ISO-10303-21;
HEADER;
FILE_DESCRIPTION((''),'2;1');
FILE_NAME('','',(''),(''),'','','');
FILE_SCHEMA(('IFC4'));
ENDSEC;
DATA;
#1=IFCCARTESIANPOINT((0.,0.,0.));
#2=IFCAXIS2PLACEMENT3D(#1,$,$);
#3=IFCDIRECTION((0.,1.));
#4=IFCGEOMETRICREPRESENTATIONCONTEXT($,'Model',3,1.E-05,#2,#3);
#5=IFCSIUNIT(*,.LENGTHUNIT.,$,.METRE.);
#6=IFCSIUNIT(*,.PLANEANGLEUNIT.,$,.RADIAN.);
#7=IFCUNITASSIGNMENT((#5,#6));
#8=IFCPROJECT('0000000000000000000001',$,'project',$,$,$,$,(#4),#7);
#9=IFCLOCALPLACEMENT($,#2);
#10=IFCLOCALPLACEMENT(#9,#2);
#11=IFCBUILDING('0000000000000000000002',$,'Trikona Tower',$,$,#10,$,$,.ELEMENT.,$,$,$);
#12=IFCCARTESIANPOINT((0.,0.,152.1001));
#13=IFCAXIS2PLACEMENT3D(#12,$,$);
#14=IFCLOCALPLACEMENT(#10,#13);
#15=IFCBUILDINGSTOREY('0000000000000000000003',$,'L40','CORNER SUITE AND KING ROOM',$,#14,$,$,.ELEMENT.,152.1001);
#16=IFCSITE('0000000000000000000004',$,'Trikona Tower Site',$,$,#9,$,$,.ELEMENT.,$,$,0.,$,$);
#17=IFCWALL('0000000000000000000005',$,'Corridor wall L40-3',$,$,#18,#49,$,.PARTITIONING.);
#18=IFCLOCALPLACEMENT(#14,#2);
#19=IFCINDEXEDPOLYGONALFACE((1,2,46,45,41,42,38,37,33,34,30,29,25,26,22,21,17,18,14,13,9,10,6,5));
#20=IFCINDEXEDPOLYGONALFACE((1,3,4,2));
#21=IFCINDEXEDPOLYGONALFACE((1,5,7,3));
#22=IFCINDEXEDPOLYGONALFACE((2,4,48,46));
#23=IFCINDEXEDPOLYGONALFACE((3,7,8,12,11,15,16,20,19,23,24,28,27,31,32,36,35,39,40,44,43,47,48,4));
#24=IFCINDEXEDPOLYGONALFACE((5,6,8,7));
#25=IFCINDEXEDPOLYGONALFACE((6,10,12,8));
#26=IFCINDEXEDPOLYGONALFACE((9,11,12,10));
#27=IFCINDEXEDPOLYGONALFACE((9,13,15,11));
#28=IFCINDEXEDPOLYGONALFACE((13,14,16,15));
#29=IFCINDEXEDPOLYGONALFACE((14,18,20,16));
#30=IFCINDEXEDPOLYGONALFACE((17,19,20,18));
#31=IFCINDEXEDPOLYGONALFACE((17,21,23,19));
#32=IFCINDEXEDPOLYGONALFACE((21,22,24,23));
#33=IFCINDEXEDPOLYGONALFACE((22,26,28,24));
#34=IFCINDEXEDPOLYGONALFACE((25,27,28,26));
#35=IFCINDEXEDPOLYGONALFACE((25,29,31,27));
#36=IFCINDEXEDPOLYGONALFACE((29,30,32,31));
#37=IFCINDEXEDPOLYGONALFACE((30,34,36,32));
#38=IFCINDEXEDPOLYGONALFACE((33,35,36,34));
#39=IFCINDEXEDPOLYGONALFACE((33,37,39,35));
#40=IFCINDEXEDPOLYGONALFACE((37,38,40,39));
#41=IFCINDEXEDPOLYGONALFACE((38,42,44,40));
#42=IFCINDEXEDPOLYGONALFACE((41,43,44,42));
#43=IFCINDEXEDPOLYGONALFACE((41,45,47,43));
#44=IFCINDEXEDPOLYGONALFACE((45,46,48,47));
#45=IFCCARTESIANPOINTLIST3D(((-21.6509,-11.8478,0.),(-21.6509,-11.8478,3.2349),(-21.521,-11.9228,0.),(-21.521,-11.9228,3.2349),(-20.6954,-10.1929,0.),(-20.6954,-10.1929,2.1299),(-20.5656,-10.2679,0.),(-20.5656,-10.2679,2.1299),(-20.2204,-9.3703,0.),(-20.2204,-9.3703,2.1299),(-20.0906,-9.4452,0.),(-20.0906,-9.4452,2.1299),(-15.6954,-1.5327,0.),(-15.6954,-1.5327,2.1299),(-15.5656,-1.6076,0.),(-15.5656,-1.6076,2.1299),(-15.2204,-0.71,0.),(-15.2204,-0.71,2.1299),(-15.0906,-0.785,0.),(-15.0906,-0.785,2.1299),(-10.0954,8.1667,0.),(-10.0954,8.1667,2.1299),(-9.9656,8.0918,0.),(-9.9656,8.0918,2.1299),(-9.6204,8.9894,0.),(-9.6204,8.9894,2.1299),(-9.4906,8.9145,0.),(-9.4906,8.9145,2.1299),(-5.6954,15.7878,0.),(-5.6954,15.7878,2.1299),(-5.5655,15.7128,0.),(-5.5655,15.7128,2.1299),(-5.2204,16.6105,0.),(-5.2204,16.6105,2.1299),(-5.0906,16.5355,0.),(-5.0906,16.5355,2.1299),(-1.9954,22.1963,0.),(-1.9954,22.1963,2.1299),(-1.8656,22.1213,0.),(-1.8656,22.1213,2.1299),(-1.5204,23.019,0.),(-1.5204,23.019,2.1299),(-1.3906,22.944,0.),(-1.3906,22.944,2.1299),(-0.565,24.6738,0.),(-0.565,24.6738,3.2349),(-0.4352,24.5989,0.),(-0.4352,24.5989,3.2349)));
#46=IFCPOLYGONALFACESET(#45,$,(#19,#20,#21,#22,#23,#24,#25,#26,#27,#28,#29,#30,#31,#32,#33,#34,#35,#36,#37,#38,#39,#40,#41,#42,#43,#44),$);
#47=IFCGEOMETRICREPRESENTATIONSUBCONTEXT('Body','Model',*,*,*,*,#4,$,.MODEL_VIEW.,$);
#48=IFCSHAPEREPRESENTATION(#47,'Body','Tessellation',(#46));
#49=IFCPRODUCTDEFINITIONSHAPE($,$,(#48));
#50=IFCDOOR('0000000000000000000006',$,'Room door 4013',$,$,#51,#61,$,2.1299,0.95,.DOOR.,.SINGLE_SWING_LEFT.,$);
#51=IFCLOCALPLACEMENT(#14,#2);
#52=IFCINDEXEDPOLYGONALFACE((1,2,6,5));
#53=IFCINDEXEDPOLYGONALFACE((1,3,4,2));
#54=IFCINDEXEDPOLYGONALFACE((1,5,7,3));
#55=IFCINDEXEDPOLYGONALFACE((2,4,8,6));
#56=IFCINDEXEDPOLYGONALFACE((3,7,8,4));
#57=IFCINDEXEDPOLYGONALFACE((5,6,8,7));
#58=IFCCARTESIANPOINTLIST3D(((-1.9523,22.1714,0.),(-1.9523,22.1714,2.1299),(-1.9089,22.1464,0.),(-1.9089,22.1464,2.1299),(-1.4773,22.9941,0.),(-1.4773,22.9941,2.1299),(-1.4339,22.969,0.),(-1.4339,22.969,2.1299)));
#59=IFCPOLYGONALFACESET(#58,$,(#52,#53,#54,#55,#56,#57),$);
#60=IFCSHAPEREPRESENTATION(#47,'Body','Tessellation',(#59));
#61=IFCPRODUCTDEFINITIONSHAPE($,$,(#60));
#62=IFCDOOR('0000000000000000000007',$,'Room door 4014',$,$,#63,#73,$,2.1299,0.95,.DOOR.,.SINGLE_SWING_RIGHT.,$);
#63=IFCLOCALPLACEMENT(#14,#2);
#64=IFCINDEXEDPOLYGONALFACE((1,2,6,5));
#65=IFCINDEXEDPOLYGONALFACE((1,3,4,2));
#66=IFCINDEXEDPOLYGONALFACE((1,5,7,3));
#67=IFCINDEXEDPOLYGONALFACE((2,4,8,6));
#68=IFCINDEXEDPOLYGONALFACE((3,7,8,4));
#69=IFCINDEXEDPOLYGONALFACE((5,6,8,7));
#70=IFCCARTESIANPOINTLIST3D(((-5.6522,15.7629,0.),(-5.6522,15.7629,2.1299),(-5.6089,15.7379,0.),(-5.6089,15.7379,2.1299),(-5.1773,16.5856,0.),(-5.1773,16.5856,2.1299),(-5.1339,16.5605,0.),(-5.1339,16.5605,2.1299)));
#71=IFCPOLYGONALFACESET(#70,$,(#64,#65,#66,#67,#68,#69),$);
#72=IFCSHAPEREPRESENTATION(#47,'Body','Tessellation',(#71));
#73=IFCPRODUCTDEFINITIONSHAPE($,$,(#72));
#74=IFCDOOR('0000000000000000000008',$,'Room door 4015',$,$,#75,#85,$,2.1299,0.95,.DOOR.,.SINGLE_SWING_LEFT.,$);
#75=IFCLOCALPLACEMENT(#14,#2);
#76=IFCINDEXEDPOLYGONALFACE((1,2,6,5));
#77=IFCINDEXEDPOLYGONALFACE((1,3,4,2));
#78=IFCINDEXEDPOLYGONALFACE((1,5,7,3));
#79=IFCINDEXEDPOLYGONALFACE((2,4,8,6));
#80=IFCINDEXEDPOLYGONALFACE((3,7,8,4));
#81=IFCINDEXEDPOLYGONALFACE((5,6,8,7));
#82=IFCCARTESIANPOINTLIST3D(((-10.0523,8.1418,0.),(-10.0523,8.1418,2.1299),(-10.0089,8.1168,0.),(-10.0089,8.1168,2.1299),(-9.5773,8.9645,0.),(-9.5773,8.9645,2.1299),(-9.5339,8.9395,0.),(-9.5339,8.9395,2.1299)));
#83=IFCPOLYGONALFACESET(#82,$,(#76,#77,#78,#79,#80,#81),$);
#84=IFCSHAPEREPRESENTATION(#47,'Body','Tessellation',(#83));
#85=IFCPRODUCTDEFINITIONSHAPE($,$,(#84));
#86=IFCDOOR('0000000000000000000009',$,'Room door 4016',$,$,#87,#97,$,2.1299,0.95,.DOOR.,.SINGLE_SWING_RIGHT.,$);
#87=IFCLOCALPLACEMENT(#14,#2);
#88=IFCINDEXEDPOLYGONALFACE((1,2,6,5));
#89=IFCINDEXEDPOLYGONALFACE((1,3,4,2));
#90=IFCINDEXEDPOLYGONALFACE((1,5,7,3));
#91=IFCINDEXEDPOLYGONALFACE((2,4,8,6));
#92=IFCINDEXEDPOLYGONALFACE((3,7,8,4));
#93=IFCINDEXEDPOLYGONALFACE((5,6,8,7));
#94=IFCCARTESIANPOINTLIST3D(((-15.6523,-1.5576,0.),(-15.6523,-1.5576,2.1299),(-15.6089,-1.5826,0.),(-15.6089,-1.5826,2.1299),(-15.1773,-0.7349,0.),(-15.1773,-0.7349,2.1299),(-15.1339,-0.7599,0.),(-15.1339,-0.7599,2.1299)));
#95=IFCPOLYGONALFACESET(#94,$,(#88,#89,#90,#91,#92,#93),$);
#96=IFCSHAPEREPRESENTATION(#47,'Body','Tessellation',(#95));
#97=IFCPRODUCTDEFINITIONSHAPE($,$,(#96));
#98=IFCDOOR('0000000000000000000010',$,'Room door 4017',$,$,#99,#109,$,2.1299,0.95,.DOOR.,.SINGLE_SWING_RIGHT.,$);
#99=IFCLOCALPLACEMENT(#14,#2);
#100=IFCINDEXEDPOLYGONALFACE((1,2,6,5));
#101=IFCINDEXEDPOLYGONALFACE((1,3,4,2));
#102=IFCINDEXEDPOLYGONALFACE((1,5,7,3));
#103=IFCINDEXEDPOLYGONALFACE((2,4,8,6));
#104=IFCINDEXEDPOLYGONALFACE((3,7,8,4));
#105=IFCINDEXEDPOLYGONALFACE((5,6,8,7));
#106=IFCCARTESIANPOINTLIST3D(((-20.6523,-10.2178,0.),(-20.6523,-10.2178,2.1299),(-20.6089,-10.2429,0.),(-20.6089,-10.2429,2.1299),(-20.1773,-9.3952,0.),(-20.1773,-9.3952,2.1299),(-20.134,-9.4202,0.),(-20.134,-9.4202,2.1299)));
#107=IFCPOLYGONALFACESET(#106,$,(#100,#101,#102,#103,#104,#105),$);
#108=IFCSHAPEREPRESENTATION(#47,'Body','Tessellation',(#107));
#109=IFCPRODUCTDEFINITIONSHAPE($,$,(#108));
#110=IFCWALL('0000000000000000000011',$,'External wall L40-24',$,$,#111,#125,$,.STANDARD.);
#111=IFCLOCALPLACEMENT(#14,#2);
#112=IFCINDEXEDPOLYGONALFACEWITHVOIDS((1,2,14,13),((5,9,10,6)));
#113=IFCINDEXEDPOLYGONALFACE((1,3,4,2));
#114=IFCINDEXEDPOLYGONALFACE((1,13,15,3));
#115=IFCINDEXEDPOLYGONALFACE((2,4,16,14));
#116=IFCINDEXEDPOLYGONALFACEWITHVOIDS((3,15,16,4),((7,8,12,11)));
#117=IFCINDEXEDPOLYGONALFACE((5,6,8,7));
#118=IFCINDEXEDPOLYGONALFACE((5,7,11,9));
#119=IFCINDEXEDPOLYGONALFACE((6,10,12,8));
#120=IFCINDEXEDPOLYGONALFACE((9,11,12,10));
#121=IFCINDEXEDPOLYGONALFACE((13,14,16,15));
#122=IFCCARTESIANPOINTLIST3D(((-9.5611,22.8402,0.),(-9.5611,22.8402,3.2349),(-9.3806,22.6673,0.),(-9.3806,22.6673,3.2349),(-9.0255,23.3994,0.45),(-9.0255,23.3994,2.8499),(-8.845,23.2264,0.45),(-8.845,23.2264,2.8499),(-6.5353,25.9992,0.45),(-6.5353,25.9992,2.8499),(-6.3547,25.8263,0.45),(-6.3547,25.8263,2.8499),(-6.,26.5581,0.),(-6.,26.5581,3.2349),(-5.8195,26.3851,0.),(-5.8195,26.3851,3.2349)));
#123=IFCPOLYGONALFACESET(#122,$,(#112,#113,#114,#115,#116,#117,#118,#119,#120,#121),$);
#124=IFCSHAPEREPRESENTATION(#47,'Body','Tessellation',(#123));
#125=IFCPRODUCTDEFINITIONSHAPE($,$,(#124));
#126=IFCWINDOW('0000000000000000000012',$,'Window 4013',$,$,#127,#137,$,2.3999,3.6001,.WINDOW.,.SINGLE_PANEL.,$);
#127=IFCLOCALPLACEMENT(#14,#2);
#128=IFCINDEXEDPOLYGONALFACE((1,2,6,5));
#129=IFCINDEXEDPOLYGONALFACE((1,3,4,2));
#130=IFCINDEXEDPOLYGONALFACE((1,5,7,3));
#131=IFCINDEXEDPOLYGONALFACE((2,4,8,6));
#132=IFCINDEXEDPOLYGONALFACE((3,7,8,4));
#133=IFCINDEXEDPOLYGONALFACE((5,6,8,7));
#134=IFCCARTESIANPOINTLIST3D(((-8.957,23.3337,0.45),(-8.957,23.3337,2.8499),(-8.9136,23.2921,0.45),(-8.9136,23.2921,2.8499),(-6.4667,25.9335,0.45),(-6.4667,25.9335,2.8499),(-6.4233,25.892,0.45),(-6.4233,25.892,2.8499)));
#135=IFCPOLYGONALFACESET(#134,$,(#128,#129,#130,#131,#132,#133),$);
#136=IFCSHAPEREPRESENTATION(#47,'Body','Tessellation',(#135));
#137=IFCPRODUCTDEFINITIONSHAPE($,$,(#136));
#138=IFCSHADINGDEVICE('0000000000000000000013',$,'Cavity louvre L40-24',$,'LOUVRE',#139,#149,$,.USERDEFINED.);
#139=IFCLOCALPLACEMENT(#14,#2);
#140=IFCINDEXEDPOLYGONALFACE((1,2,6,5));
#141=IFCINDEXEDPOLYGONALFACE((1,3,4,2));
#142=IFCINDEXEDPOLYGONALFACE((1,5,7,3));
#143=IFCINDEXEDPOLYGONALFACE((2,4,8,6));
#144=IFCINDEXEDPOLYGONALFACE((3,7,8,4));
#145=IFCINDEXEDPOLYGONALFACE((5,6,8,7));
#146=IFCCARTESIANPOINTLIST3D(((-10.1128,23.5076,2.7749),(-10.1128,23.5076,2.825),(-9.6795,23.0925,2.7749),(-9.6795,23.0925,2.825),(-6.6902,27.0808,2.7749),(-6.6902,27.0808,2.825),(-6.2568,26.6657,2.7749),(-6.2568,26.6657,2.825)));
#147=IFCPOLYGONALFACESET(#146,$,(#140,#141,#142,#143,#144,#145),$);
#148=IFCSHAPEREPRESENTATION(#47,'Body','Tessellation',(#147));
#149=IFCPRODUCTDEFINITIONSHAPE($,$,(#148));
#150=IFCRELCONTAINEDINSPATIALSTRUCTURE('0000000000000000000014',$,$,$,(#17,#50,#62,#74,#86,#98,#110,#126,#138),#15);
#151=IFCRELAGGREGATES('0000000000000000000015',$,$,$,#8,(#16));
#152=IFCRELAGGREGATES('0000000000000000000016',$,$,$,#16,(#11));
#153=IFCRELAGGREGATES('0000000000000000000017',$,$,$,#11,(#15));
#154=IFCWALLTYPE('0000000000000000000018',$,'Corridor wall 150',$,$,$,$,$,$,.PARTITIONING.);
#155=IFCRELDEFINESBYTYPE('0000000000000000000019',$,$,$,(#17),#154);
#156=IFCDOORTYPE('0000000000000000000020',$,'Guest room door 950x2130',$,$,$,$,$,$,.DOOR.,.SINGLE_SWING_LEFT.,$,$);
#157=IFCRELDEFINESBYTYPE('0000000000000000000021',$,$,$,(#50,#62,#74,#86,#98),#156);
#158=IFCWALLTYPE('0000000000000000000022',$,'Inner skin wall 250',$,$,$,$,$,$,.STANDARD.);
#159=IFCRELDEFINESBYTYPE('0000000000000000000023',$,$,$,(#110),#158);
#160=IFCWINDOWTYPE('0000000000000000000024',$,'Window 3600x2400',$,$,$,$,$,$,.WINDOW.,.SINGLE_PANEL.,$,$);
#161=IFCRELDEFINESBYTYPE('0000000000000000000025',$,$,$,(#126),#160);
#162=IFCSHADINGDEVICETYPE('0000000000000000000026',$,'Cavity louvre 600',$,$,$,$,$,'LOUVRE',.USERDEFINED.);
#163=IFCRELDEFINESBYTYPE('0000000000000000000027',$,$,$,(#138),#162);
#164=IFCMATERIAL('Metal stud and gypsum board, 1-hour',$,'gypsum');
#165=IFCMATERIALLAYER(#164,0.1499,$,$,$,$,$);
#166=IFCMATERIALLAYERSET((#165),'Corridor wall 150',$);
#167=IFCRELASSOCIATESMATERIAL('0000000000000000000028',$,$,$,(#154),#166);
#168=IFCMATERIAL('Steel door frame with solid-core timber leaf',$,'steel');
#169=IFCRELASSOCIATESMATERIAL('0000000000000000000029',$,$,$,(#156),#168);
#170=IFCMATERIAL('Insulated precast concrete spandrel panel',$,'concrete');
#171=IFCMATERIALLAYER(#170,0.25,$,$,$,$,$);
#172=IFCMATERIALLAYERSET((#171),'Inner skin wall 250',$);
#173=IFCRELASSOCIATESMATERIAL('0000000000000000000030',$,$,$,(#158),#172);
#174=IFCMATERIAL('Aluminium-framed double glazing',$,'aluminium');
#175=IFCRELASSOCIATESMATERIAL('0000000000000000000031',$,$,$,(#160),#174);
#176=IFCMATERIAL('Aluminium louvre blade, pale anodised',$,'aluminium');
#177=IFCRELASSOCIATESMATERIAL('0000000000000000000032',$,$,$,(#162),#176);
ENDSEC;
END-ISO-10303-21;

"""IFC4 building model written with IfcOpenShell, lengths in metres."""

from ifc_helpers import new_model, si_unit, direction, frame, frame_2d, origin, origin_2d, place, context, subcontext, project, spatial, rectangle, extrude, material, layer, layer_set, type_object, element, fill, save


model = new_model("IFC4")

# Units and contexts
model_context = context("Model", 3, precision=1e-05, world=origin(), true_north=direction((0.0, 1.0)))
body_context = subcontext(model_context, "Body", "Model", "MODEL_VIEW")
ifc_project = project(units=[si_unit("LENGTHUNIT", "METRE"), si_unit("PLANEANGLEUNIT", "RADIAN")], contexts=[model_context])

# Site, building, storey
site_placement = place(None, origin())
site = spatial("IfcSite", under=ifc_project, at=site_placement, Name="Trikona Tower Site", CompositionType="ELEMENT", RefElevation=0.0)
building_placement = place(site_placement, origin())
building = spatial("IfcBuilding", under=site, at=building_placement, Name="Trikona Tower", CompositionType="ELEMENT")
storey_placement = place(building_placement, frame((0.0, 0.0, 152.1001)))
storey = spatial("IfcBuildingStorey", under=building, at=storey_placement, Name="L40", Description="CORNER SUITE AND KING ROOM", CompositionType="ELEMENT", Elevation=152.1001)

# Wall, openings, doors
ifc_material_1 = material(Name="Metal stud and gypsum board, 1-hour", Category="gypsum")
ifc_layer_1 = layer(ifc_material_1, 0.1499)
ifc_layer_set_1 = layer_set([ifc_layer_1], Name="Corridor wall 150")
wall_type_1 = type_object("IfcWallType", Name="Corridor wall 150", PredefinedType="PARTITIONING", material=ifc_layer_set_1)
wall_1_placement = place(storey_placement, frame((-0.5, 24.6365, 0.0), z_axis=(0.0, 0.0, 1.0), x_axis=(-0.500002, -0.866024, 0.0)))
wall_1 = element("IfcWall", 1, at=wall_1_placement, inside=storey, type_object=wall_type_1, Name="Corridor wall L40-3", PredefinedType="PARTITIONING", context=body_context, shape_type="SweptSolid", body=[
    extrude(rectangle(XDim=42.1716, YDim=0.1499, at=frame_2d((21.0859, 0.0))), origin(), (0.0, 0.0, 1.0), 3.2349),
])
opening_1_placement = place(wall_1_placement, frame((1.9109, 0.0, 0.0)))
opening_1 = element("IfcOpeningElement", 2, at=opening_1_placement, cuts=wall_1, PredefinedType="OPENING", context=body_context, shape_type="SweptSolid", body=[
    extrude(rectangle(XDim=0.95, YDim=2.1299, at=frame_2d((0.4751, 1.0649))), frame((0.0, 0.085, 0.0), z_axis=(0.0, -1.0, 0.0), x_axis=(1.0, 0.0, 0.0)), (0.0, 0.0, 1.0), 0.1699),
])
opening_2_placement = place(wall_1_placement, frame((9.3108, 0.0, 0.0)))
opening_2 = element("IfcOpeningElement", 3, at=opening_2_placement, cuts=wall_1, PredefinedType="OPENING", context=body_context, shape_type="SweptSolid", body=[
    extrude(rectangle(XDim=0.95, YDim=2.1299, at=frame_2d((0.4751, 1.0649))), frame((0.0, 0.085, 0.0), z_axis=(0.0, -1.0, 0.0), x_axis=(1.0, 0.0, 0.0)), (0.0, 0.0, 1.0), 0.1699),
])
opening_3_placement = place(wall_1_placement, frame((18.1108, 0.0, 0.0)))
opening_3 = element("IfcOpeningElement", 4, at=opening_3_placement, cuts=wall_1, PredefinedType="OPENING", context=body_context, shape_type="SweptSolid", body=[
    extrude(rectangle(XDim=0.95, YDim=2.1299, at=frame_2d((0.4751, 1.0649))), frame((0.0, 0.085, 0.0), z_axis=(0.0, -1.0, 0.0), x_axis=(1.0, 0.0, 0.0)), (0.0, 0.0, 1.0), 0.1699),
])
opening_4_placement = place(wall_1_placement, frame((29.3108, 0.0, 0.0)))
opening_4 = element("IfcOpeningElement", 5, at=opening_4_placement, cuts=wall_1, PredefinedType="OPENING", context=body_context, shape_type="SweptSolid", body=[
    extrude(rectangle(XDim=0.95, YDim=2.1299, at=frame_2d((0.4751, 1.0649))), frame((0.0, 0.085, 0.0), z_axis=(0.0, -1.0, 0.0), x_axis=(1.0, 0.0, 0.0)), (0.0, 0.0, 1.0), 0.1699),
])
opening_5_placement = place(wall_1_placement, frame((39.3108, 0.0, 0.0)))
opening_5 = element("IfcOpeningElement", 6, at=opening_5_placement, cuts=wall_1, PredefinedType="OPENING", context=body_context, shape_type="SweptSolid", body=[
    extrude(rectangle(XDim=0.95, YDim=2.1299, at=frame_2d((0.4751, 1.0649))), frame((0.0, 0.085, 0.0), z_axis=(0.0, -1.0, 0.0), x_axis=(1.0, 0.0, 0.0)), (0.0, 0.0, 1.0), 0.1699),
])
ifc_material_2 = material(Name="Steel door frame with solid-core timber leaf", Category="steel")
door_type = type_object("IfcDoorType", Name="Guest room door 950x2130", OperationType="SINGLE_SWING_LEFT", PredefinedType="DOOR", material=ifc_material_2)
door_1_placement = place(opening_1_placement, origin())
door_1 = element("IfcDoor", 7, at=door_1_placement, inside=storey, type_object=door_type, Name="Room door 4013", OperationType="SINGLE_SWING_LEFT", OverallHeight=2.1299, OverallWidth=0.95, PredefinedType="DOOR", context=body_context, shape_type="SweptSolid", body=[
    extrude(rectangle(XDim=0.95, YDim=2.1299, at=frame_2d((0.4751, 1.0649))), frame((0.0, 0.0249, 0.0), z_axis=(0.0, -1.0, 0.0), x_axis=(1.0, 0.0, 0.0)), (0.0, 0.0, 1.0), 0.05),
])
fill(opening_1, door_1)
door_2_placement = place(opening_2_placement, origin())
door_2 = element("IfcDoor", 8, at=door_2_placement, inside=storey, type_object=door_type, Name="Room door 4014", OperationType="SINGLE_SWING_RIGHT", OverallHeight=2.1299, OverallWidth=0.95, PredefinedType="DOOR", context=body_context, shape_type="SweptSolid", body=[
    extrude(rectangle(XDim=0.95, YDim=2.1299, at=frame_2d((0.4751, 1.0649))), frame((0.0, 0.0249, 0.0), z_axis=(0.0, -1.0, 0.0), x_axis=(1.0, 0.0, 0.0)), (0.0, 0.0, 1.0), 0.05),
])
fill(opening_2, door_2)
door_3_placement = place(opening_3_placement, origin())
door_3 = element("IfcDoor", 9, at=door_3_placement, inside=storey, type_object=door_type, Name="Room door 4015", OperationType="SINGLE_SWING_LEFT", OverallHeight=2.1299, OverallWidth=0.95, PredefinedType="DOOR", context=body_context, shape_type="SweptSolid", body=[
    extrude(rectangle(XDim=0.95, YDim=2.1299, at=frame_2d((0.4751, 1.0649))), frame((0.0, 0.0249, 0.0), z_axis=(0.0, -1.0, 0.0), x_axis=(1.0, 0.0, 0.0)), (0.0, 0.0, 1.0), 0.05),
])
fill(opening_3, door_3)
door_4_placement = place(opening_4_placement, origin())
door_4 = element("IfcDoor", 10, at=door_4_placement, inside=storey, type_object=door_type, Name="Room door 4016", OperationType="SINGLE_SWING_RIGHT", OverallHeight=2.1299, OverallWidth=0.95, PredefinedType="DOOR", context=body_context, shape_type="SweptSolid", body=[
    extrude(rectangle(XDim=0.95, YDim=2.1299, at=frame_2d((0.4751, 1.0649))), frame((0.0, 0.0249, 0.0), z_axis=(0.0, -1.0, 0.0), x_axis=(1.0, 0.0, 0.0)), (0.0, 0.0, 1.0), 0.05),
])
fill(opening_4, door_4)
door_5_placement = place(opening_5_placement, origin())
door_5 = element("IfcDoor", 11, at=door_5_placement, inside=storey, type_object=door_type, Name="Room door 4017", OperationType="SINGLE_SWING_RIGHT", OverallHeight=2.1299, OverallWidth=0.95, PredefinedType="DOOR", context=body_context, shape_type="SweptSolid", body=[
    extrude(rectangle(XDim=0.95, YDim=2.1299, at=frame_2d((0.4751, 1.0649))), frame((0.0, 0.0249, 0.0), z_axis=(0.0, -1.0, 0.0), x_axis=(1.0, 0.0, 0.0)), (0.0, 0.0, 1.0), 0.05),
])
fill(opening_5, door_5)

# Wall, opening, window
ifc_material_3 = material(Name="Insulated precast concrete spandrel panel", Category="concrete")
ifc_layer_2 = layer(ifc_material_3, 0.25)
ifc_layer_set_2 = layer_set([ifc_layer_2], Name="Inner skin wall 250")
wall_type_2 = type_object("IfcWallType", Name="Inner skin wall 250", PredefinedType="STANDARD", material=ifc_layer_set_2)
wall_2_placement = place(storey_placement, frame((-5.9097, 26.4717, 0.0), z_axis=(0.0, 0.0, 1.0), x_axis=(-0.69172, -0.722166, 0.0)))
wall_2 = element("IfcWall", 12, at=wall_2_placement, inside=storey, type_object=wall_type_2, Name="External wall L40-24", PredefinedType="STANDARD", context=body_context, shape_type="SweptSolid", body=[
    extrude(rectangle(XDim=5.1482, YDim=0.25, at=frame_2d((2.5742, 0.0))), origin(), (0.0, 0.0, 1.0), 3.2349),
])
opening_6_placement = place(wall_2_placement, frame((0.7739, 0.0, 0.45)))
opening_6 = element("IfcOpeningElement", 13, at=opening_6_placement, cuts=wall_2, PredefinedType="OPENING", context=body_context, shape_type="SweptSolid", body=[
    extrude(rectangle(XDim=3.6001, YDim=2.3999, at=frame_2d((1.8, 1.2))), frame((0.0, 0.135, 0.0), z_axis=(0.0, -1.0, 0.0), x_axis=(1.0, 0.0, 0.0)), (0.0, 0.0, 1.0), 0.27),
])
ifc_material_4 = material(Name="Aluminium-framed double glazing", Category="aluminium")
window_type_1 = type_object("IfcWindowType", Name="Window 3600x2400", PartitioningType="SINGLE_PANEL", PredefinedType="WINDOW", material=ifc_material_4)
window_1_placement = place(opening_6_placement, origin())
window_1 = element("IfcWindow", 14, at=window_1_placement, inside=storey, type_object=window_type_1, Name="Window 4013", OverallHeight=2.3999, OverallWidth=3.6001, PartitioningType="SINGLE_PANEL", PredefinedType="WINDOW", context=body_context, shape_type="SweptSolid", body=[
    extrude(rectangle(XDim=3.6001, YDim=2.3999, at=frame_2d((1.8, 1.2))), frame((0.0, 0.03, 0.0), z_axis=(0.0, -1.0, 0.0), x_axis=(1.0, 0.0, 0.0)), (0.0, 0.0, 1.0), 0.0601),
])
fill(opening_6, window_1)

# Shading device
ifc_material_5 = material(Name="Aluminium louvre blade, pale anodised", Category="aluminium")
shading_device_type = type_object("IfcShadingDeviceType", Name="Cavity louvre 600", ElementType="LOUVRE", PredefinedType="USERDEFINED", material=ifc_material_5)
shading_device_placement = place(storey_placement, frame((-8.1848, 25.0867, 2.7749), z_axis=(0.0, 0.0, 1.0), x_axis=(-0.691724, -0.722162, 0.0)))
element("IfcShadingDevice", 15, at=shading_device_placement, inside=storey, type_object=shading_device_type, Name="Cavity louvre L40-24", ObjectType="LOUVRE", PredefinedType="USERDEFINED", context=body_context, shape_type="SweptSolid", body=[
    extrude(rectangle(XDim=4.948, YDim=0.6001, at=origin_2d()), origin(), (0.0, 0.0, 1.0), 0.05),
])

save(model, "model.ifc")
